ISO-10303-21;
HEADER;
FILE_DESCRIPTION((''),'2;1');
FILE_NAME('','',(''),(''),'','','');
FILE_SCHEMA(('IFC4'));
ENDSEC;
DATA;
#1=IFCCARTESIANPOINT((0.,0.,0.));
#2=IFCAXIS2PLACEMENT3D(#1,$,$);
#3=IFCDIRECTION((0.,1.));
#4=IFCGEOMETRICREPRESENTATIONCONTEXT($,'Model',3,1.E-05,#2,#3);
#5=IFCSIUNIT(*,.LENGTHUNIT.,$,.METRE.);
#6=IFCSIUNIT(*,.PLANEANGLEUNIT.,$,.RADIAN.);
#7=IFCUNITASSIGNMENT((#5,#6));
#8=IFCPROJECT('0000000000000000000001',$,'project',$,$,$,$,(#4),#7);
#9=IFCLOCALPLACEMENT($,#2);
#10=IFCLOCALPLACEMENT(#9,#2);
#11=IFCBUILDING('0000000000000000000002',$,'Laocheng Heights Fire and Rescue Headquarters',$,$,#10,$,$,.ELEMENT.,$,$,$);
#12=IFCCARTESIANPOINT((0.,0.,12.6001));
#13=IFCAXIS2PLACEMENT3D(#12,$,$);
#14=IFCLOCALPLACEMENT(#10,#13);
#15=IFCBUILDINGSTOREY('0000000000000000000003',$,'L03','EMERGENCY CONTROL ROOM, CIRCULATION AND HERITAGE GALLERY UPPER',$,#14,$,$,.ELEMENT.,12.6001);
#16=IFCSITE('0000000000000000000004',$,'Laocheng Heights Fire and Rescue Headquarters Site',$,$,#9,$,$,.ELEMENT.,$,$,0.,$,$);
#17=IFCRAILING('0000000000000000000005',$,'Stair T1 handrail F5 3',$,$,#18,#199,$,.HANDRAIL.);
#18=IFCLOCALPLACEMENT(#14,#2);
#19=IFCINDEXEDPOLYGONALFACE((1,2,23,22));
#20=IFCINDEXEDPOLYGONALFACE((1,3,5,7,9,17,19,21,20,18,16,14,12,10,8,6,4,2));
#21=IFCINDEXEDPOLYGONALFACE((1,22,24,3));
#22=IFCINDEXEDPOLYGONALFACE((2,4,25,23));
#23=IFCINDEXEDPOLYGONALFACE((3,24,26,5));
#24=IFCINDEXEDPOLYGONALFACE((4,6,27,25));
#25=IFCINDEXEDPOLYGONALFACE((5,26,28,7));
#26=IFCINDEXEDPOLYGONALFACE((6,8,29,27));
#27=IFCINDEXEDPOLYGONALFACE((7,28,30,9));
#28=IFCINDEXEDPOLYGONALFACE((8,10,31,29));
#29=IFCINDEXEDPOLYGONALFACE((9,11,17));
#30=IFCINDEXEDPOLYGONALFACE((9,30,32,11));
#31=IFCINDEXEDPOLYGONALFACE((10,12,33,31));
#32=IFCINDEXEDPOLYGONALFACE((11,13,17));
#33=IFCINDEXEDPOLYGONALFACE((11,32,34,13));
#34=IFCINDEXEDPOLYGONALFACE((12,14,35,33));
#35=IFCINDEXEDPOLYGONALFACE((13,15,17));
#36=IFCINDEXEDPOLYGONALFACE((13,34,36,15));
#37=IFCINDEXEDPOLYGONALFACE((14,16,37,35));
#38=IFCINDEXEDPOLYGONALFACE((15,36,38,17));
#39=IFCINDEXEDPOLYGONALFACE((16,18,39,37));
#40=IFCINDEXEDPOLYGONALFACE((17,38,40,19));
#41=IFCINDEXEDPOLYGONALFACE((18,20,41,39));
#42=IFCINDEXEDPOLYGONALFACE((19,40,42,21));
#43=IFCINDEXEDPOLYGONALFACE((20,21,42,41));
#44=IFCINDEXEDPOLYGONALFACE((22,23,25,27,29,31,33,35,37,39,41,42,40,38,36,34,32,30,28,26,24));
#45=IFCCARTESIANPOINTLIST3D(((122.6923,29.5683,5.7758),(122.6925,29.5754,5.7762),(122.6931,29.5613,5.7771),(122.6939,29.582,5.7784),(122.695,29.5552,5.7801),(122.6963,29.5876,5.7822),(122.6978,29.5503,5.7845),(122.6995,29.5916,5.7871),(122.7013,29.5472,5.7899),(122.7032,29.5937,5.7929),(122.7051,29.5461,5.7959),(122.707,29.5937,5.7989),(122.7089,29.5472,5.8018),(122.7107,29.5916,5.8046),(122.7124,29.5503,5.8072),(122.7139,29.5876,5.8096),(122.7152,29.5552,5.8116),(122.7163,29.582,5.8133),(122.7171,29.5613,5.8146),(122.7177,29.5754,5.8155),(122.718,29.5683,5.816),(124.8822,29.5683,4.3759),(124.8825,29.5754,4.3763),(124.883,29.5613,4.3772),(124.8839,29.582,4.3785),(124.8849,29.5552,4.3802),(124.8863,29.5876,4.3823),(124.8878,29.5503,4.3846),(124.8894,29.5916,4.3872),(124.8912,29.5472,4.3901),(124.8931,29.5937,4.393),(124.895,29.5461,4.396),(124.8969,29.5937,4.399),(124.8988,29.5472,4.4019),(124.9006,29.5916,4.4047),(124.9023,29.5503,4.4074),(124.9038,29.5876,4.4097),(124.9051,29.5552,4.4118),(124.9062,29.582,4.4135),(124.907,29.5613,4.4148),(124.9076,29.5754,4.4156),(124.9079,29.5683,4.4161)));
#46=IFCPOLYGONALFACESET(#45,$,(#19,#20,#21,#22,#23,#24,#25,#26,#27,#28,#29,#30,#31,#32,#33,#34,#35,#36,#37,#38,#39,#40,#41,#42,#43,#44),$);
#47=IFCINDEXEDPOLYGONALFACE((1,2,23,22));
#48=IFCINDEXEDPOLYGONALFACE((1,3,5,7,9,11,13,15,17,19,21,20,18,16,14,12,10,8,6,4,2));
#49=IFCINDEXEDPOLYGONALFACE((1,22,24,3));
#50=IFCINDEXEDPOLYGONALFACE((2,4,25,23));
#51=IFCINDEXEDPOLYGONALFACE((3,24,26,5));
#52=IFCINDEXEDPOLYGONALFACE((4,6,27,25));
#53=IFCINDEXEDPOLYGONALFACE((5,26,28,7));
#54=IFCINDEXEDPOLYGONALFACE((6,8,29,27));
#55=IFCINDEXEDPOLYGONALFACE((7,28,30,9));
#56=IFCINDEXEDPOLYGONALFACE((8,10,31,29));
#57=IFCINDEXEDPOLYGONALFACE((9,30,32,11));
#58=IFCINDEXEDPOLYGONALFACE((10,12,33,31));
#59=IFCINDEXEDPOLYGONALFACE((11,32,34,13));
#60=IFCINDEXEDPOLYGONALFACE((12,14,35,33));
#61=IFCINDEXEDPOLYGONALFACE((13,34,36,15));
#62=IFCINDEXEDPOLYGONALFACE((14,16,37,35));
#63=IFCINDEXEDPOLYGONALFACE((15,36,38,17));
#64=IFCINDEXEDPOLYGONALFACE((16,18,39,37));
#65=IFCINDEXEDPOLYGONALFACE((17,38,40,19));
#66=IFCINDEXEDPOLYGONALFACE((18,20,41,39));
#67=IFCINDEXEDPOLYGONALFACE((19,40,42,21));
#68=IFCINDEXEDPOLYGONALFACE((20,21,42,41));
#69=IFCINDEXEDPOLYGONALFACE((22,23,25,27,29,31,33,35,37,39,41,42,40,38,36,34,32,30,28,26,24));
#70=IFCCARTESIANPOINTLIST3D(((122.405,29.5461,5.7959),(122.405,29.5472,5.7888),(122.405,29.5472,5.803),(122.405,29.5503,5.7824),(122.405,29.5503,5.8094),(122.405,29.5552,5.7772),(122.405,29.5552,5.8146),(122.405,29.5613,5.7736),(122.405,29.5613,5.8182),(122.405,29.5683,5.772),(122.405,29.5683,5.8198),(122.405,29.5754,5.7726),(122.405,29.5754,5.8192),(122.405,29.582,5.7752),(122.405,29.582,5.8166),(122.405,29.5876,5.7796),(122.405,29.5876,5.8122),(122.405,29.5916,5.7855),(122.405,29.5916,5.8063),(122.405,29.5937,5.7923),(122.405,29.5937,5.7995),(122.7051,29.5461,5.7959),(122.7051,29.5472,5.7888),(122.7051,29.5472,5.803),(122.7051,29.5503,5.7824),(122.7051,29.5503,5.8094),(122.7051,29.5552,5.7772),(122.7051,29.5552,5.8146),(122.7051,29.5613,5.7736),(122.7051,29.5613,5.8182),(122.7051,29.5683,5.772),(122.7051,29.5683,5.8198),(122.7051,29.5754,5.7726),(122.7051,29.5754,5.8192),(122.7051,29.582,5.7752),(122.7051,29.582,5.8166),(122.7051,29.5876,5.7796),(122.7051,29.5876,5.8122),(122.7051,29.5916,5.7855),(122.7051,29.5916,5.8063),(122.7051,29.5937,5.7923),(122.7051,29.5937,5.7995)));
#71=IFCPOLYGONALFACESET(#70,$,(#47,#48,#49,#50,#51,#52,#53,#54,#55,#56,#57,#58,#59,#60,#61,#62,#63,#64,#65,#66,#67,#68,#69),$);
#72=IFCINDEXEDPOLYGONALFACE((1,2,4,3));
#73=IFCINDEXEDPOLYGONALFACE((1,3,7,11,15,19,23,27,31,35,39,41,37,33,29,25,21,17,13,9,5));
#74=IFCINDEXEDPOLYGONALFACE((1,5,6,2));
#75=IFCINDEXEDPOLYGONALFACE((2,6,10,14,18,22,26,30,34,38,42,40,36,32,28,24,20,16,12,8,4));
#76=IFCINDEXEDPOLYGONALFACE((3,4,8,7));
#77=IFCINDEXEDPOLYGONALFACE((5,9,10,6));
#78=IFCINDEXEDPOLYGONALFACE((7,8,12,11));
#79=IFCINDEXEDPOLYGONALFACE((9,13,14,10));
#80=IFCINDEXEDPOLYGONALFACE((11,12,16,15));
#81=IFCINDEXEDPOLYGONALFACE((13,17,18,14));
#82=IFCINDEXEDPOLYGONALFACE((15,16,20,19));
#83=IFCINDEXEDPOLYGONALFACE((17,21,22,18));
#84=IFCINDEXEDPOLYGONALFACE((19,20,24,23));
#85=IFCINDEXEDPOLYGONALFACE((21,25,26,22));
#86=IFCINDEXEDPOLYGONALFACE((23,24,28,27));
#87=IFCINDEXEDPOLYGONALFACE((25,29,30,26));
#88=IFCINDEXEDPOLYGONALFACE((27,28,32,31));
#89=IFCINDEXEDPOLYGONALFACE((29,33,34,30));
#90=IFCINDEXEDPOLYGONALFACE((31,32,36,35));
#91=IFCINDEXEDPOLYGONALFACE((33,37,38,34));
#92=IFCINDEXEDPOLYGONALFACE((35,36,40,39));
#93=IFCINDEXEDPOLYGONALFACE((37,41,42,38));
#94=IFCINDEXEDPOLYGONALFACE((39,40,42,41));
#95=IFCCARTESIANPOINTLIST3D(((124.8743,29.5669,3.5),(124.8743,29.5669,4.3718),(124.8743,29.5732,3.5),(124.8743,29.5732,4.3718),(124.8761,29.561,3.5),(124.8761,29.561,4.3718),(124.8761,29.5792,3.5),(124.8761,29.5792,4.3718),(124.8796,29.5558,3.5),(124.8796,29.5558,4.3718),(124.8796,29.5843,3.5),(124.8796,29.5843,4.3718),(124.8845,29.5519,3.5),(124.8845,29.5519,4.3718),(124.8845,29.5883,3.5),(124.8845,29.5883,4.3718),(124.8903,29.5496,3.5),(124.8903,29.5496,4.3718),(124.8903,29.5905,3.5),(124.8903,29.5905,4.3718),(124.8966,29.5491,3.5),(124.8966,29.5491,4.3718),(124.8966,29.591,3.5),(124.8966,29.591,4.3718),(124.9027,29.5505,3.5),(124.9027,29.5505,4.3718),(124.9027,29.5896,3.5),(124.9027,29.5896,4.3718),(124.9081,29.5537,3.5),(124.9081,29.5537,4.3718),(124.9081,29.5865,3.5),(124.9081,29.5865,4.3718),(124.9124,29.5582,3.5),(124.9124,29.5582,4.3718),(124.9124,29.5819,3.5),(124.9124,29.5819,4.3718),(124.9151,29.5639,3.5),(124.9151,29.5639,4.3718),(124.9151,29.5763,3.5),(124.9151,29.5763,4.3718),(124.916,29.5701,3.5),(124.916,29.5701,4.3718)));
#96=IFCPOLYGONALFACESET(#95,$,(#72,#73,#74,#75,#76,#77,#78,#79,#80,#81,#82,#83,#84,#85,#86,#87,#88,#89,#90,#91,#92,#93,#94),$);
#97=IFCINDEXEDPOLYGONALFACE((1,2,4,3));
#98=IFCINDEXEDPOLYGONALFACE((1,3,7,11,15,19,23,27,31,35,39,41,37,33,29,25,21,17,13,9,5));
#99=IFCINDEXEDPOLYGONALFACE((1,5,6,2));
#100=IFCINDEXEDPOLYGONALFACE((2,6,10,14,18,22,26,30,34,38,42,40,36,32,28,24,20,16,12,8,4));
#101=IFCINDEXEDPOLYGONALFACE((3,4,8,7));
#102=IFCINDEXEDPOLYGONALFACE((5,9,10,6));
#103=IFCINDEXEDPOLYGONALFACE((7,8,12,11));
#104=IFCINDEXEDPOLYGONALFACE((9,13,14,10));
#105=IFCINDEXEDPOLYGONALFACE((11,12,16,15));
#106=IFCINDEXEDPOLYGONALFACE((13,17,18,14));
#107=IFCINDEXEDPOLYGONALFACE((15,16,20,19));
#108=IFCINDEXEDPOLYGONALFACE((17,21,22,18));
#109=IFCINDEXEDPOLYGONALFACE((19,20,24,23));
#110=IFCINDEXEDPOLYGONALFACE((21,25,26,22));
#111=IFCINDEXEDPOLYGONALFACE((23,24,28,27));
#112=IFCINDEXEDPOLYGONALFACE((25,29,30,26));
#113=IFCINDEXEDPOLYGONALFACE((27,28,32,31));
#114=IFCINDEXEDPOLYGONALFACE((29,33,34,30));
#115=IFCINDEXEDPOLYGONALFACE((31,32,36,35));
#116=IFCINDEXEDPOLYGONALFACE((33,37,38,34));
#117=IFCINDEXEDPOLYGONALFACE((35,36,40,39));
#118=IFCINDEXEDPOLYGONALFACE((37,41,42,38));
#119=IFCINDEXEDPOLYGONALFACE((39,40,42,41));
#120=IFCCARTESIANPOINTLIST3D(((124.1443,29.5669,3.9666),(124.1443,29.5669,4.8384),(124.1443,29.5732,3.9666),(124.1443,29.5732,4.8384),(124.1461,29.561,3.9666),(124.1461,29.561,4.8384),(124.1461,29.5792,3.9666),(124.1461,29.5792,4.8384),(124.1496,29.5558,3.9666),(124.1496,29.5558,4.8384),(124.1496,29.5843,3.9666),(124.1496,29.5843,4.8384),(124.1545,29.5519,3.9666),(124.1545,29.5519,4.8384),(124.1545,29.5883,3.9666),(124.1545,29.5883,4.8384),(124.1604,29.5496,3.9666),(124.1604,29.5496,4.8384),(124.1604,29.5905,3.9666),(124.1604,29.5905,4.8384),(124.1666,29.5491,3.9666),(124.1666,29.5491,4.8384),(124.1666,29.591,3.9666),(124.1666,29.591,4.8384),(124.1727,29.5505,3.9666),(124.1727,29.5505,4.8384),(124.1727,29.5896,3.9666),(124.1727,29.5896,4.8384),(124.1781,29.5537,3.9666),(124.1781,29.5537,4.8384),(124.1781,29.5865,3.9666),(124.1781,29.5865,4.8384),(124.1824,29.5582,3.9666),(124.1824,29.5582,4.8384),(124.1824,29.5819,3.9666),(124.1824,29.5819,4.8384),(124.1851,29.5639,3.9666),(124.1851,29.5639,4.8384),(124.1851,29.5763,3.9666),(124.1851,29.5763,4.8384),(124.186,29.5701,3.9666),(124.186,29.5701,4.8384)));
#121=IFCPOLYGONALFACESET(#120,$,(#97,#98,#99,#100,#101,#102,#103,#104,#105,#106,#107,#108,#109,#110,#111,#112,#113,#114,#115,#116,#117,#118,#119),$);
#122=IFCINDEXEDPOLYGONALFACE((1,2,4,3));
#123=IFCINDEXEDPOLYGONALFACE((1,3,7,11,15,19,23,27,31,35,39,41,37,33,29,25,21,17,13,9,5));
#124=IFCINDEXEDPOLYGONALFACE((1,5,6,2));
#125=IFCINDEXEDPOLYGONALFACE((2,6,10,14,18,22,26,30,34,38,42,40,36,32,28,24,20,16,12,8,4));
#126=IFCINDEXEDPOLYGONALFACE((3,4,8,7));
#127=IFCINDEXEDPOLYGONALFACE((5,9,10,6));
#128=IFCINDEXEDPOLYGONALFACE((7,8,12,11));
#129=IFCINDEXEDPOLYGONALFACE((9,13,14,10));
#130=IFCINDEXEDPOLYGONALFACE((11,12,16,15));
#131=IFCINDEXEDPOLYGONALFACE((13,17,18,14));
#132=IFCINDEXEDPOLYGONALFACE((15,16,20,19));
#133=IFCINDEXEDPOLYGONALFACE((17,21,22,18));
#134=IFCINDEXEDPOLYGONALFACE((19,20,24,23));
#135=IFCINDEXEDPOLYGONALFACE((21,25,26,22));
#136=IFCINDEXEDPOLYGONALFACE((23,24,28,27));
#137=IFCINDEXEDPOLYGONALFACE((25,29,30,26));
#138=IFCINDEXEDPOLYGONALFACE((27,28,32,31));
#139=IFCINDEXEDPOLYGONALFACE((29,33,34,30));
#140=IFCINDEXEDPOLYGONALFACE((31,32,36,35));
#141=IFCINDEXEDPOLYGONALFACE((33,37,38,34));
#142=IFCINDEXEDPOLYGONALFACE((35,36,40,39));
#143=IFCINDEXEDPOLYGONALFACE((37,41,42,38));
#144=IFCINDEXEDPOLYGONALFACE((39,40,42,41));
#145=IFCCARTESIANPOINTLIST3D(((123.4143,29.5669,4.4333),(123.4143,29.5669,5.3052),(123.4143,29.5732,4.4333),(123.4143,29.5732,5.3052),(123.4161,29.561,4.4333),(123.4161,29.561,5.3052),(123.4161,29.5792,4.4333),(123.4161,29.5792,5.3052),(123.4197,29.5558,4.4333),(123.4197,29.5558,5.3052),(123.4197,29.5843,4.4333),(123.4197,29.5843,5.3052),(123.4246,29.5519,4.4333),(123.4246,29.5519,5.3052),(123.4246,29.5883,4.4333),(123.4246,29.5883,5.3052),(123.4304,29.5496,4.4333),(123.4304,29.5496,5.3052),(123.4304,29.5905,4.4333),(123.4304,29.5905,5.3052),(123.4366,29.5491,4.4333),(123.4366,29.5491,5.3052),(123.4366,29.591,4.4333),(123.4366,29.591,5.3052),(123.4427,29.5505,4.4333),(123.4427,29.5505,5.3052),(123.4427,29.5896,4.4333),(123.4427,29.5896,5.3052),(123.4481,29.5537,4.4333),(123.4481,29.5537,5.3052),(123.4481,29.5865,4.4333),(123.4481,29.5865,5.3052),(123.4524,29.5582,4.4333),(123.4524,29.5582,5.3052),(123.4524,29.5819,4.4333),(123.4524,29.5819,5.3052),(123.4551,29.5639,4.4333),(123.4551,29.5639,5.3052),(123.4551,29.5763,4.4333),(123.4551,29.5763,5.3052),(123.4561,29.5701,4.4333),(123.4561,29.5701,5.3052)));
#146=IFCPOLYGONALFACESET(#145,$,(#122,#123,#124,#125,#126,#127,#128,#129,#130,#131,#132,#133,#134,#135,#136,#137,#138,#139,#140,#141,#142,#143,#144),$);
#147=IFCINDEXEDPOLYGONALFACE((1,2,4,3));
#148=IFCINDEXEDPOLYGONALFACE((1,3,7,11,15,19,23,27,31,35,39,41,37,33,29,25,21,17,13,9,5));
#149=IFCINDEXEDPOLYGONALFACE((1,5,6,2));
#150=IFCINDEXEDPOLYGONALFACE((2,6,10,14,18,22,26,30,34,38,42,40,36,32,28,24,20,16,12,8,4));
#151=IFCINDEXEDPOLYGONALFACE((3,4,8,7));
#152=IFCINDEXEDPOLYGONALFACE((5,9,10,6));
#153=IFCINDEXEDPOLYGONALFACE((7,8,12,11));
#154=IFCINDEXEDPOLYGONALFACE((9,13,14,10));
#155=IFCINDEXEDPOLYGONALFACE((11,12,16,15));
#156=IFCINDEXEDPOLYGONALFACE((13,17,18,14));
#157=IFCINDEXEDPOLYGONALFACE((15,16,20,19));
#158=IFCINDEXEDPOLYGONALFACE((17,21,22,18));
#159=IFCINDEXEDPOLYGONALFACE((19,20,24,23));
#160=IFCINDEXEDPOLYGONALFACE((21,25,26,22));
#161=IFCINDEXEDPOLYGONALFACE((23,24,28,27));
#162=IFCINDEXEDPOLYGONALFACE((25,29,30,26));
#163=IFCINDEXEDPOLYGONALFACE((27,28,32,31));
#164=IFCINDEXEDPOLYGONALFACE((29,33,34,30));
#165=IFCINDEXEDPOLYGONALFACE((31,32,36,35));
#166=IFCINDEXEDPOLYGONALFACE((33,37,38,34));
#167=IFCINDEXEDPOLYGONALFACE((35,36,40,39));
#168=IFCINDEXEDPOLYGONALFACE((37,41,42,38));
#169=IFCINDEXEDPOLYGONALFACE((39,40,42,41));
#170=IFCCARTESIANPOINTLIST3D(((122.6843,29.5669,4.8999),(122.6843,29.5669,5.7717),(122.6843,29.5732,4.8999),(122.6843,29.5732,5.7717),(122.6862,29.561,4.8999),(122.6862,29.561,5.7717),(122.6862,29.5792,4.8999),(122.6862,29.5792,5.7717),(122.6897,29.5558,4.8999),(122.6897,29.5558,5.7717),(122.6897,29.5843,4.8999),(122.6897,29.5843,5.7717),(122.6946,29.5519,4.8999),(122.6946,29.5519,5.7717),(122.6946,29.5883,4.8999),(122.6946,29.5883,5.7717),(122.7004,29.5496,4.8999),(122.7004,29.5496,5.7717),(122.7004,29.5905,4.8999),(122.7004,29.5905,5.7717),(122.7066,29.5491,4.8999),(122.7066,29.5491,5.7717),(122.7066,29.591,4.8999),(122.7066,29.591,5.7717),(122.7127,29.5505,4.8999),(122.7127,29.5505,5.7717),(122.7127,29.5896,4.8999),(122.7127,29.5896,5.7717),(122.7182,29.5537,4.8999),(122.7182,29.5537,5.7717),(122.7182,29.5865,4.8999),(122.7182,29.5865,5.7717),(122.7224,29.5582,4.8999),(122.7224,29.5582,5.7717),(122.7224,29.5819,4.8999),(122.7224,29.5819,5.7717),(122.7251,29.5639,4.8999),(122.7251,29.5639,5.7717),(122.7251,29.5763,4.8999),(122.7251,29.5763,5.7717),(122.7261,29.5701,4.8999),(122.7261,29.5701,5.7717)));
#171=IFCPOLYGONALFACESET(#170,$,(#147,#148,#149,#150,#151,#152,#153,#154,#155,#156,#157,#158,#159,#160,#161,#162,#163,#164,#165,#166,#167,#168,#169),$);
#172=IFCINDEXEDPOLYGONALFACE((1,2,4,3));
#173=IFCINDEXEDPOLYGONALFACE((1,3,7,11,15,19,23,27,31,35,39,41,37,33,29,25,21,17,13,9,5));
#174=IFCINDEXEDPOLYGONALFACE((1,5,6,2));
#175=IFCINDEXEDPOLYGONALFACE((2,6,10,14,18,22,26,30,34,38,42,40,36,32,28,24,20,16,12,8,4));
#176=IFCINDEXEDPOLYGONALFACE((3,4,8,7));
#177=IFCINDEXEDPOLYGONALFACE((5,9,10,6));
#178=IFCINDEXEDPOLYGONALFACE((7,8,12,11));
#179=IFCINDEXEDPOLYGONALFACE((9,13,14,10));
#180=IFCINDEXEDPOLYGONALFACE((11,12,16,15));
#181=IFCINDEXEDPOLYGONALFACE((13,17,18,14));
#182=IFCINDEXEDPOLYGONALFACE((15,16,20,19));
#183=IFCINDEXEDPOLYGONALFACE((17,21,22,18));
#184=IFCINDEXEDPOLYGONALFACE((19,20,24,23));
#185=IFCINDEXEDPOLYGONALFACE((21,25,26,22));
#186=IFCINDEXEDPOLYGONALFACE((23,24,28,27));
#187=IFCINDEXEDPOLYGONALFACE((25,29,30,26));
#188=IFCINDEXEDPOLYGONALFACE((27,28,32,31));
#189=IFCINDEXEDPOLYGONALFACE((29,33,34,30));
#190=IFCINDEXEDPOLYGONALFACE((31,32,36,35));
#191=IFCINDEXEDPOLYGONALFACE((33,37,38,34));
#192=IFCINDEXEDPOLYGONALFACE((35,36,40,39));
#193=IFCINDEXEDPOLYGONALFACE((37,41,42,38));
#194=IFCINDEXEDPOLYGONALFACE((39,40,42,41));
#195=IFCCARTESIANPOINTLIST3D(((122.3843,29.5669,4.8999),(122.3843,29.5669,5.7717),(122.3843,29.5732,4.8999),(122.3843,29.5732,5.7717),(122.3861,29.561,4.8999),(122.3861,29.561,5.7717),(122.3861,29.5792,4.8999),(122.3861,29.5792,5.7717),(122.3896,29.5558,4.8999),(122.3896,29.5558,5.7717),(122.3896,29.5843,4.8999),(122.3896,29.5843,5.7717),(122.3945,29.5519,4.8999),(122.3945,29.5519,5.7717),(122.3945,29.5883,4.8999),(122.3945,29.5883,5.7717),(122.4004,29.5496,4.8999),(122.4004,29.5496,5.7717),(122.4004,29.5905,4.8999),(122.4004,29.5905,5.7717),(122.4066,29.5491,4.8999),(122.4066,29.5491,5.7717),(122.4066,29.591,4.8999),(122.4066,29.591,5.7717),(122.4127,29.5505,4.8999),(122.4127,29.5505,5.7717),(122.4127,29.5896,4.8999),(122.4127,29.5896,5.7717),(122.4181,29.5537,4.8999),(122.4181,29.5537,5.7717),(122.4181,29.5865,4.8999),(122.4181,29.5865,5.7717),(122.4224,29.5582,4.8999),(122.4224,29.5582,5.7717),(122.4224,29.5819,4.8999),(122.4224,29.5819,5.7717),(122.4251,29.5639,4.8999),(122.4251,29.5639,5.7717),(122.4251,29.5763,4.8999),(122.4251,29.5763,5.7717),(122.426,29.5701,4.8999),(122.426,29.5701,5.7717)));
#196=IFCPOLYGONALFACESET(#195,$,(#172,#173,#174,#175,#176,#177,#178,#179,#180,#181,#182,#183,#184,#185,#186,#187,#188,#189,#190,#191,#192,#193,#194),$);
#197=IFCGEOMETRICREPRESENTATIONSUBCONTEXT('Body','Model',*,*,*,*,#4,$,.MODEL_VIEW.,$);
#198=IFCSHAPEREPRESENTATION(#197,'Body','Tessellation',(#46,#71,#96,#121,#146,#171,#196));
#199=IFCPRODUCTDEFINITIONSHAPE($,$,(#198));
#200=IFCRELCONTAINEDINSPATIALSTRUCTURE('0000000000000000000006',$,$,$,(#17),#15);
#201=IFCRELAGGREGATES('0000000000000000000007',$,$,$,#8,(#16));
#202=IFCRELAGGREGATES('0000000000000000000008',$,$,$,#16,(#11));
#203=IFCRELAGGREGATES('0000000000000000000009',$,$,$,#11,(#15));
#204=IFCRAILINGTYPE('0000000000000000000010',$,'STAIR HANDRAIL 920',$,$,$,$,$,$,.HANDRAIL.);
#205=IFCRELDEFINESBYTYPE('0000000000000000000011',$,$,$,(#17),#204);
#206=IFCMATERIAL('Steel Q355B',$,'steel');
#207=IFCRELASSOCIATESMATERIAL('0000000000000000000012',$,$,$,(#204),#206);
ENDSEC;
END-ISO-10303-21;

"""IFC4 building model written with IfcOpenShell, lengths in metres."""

from ifc_helpers import new_model, si_unit, direction, frame, origin, origin_2d, place, context, subcontext, project, spatial, circle, extrude, material, type_object, element, save


model = new_model("IFC4")

# Units and contexts
model_context = context("Model", 3, precision=1e-05, world=origin(), true_north=direction((0.0, 1.0)))
body_context = subcontext(model_context, "Body", "Model", "MODEL_VIEW")
ifc_project = project(units=[si_unit("LENGTHUNIT", "METRE"), si_unit("PLANEANGLEUNIT", "RADIAN")], contexts=[model_context])

# Site, building, storey
site_placement = place(None, origin())
site = spatial("IfcSite", under=ifc_project, at=site_placement, Name="Laocheng Heights Fire and Rescue Headquarters Site", CompositionType="ELEMENT", RefElevation=0.0)
building_placement = place(site_placement, origin())
building = spatial("IfcBuilding", under=site, at=building_placement, Name="Laocheng Heights Fire and Rescue Headquarters", CompositionType="ELEMENT")
storey_placement = place(building_placement, frame((0.0, 0.0, 12.6001)))
storey = spatial("IfcBuildingStorey", under=building, at=storey_placement, Name="L03", Description="EMERGENCY CONTROL ROOM, CIRCULATION AND HERITAGE GALLERY UPPER", CompositionType="ELEMENT", Elevation=12.6001)

# Railing
ifc_material_1 = material(Name="Steel Q355B", Category="steel")
railing_type_1 = type_object("IfcRailingType", Name="STAIR HANDRAIL 920", PredefinedType="HANDRAIL", material=ifc_material_1)
for number, where, name in (
    (1, (124.895, 29.5701, 3.5), "Stair T1 handrail F5 3"),
):
    element("IfcRailing", number, at=place(storey_placement, frame(where)), inside=storey, type_object=railing_type_1, Name=name, PredefinedType="HANDRAIL", context=body_context, shape_type="SweptSolid", body=[
        extrude(circle(Radius=0.0239, at=origin_2d()), frame((0.0, 0.0, 0.896), z_axis=(-0.842561, 0.0, 0.5386), x_axis=(0.0, -1.0, 0.0)), (0.0, 0.0, 1.0), 2.5991),
        extrude(circle(Radius=0.0239, at=origin_2d()), frame((-2.1899, 0.0, 2.2959), z_axis=(-1.0, 0.0, 0.0), x_axis=(0.0, -1.0, 0.0)), (0.0, 0.0, 1.0), 0.3),
        extrude(circle(Radius=0.021, at=origin_2d()), origin(), (0.0, 0.0, 1.0), 0.8718),
        extrude(circle(Radius=0.021, at=origin_2d()), frame((-0.73, 0.0, 0.4666)), (0.0, 0.0, 1.0), 0.8718),
        extrude(circle(Radius=0.021, at=origin_2d()), frame((-1.46, 0.0, 0.9333)), (0.0, 0.0, 1.0), 0.8718),
        extrude(circle(Radius=0.021, at=origin_2d()), frame((-2.1899, 0.0, 1.3999)), (0.0, 0.0, 1.0), 0.8718),
        extrude(circle(Radius=0.021, at=origin_2d()), frame((-2.49, 0.0, 1.3999)), (0.0, 0.0, 1.0), 0.8718),
    ])

save(model, "model.ifc")
